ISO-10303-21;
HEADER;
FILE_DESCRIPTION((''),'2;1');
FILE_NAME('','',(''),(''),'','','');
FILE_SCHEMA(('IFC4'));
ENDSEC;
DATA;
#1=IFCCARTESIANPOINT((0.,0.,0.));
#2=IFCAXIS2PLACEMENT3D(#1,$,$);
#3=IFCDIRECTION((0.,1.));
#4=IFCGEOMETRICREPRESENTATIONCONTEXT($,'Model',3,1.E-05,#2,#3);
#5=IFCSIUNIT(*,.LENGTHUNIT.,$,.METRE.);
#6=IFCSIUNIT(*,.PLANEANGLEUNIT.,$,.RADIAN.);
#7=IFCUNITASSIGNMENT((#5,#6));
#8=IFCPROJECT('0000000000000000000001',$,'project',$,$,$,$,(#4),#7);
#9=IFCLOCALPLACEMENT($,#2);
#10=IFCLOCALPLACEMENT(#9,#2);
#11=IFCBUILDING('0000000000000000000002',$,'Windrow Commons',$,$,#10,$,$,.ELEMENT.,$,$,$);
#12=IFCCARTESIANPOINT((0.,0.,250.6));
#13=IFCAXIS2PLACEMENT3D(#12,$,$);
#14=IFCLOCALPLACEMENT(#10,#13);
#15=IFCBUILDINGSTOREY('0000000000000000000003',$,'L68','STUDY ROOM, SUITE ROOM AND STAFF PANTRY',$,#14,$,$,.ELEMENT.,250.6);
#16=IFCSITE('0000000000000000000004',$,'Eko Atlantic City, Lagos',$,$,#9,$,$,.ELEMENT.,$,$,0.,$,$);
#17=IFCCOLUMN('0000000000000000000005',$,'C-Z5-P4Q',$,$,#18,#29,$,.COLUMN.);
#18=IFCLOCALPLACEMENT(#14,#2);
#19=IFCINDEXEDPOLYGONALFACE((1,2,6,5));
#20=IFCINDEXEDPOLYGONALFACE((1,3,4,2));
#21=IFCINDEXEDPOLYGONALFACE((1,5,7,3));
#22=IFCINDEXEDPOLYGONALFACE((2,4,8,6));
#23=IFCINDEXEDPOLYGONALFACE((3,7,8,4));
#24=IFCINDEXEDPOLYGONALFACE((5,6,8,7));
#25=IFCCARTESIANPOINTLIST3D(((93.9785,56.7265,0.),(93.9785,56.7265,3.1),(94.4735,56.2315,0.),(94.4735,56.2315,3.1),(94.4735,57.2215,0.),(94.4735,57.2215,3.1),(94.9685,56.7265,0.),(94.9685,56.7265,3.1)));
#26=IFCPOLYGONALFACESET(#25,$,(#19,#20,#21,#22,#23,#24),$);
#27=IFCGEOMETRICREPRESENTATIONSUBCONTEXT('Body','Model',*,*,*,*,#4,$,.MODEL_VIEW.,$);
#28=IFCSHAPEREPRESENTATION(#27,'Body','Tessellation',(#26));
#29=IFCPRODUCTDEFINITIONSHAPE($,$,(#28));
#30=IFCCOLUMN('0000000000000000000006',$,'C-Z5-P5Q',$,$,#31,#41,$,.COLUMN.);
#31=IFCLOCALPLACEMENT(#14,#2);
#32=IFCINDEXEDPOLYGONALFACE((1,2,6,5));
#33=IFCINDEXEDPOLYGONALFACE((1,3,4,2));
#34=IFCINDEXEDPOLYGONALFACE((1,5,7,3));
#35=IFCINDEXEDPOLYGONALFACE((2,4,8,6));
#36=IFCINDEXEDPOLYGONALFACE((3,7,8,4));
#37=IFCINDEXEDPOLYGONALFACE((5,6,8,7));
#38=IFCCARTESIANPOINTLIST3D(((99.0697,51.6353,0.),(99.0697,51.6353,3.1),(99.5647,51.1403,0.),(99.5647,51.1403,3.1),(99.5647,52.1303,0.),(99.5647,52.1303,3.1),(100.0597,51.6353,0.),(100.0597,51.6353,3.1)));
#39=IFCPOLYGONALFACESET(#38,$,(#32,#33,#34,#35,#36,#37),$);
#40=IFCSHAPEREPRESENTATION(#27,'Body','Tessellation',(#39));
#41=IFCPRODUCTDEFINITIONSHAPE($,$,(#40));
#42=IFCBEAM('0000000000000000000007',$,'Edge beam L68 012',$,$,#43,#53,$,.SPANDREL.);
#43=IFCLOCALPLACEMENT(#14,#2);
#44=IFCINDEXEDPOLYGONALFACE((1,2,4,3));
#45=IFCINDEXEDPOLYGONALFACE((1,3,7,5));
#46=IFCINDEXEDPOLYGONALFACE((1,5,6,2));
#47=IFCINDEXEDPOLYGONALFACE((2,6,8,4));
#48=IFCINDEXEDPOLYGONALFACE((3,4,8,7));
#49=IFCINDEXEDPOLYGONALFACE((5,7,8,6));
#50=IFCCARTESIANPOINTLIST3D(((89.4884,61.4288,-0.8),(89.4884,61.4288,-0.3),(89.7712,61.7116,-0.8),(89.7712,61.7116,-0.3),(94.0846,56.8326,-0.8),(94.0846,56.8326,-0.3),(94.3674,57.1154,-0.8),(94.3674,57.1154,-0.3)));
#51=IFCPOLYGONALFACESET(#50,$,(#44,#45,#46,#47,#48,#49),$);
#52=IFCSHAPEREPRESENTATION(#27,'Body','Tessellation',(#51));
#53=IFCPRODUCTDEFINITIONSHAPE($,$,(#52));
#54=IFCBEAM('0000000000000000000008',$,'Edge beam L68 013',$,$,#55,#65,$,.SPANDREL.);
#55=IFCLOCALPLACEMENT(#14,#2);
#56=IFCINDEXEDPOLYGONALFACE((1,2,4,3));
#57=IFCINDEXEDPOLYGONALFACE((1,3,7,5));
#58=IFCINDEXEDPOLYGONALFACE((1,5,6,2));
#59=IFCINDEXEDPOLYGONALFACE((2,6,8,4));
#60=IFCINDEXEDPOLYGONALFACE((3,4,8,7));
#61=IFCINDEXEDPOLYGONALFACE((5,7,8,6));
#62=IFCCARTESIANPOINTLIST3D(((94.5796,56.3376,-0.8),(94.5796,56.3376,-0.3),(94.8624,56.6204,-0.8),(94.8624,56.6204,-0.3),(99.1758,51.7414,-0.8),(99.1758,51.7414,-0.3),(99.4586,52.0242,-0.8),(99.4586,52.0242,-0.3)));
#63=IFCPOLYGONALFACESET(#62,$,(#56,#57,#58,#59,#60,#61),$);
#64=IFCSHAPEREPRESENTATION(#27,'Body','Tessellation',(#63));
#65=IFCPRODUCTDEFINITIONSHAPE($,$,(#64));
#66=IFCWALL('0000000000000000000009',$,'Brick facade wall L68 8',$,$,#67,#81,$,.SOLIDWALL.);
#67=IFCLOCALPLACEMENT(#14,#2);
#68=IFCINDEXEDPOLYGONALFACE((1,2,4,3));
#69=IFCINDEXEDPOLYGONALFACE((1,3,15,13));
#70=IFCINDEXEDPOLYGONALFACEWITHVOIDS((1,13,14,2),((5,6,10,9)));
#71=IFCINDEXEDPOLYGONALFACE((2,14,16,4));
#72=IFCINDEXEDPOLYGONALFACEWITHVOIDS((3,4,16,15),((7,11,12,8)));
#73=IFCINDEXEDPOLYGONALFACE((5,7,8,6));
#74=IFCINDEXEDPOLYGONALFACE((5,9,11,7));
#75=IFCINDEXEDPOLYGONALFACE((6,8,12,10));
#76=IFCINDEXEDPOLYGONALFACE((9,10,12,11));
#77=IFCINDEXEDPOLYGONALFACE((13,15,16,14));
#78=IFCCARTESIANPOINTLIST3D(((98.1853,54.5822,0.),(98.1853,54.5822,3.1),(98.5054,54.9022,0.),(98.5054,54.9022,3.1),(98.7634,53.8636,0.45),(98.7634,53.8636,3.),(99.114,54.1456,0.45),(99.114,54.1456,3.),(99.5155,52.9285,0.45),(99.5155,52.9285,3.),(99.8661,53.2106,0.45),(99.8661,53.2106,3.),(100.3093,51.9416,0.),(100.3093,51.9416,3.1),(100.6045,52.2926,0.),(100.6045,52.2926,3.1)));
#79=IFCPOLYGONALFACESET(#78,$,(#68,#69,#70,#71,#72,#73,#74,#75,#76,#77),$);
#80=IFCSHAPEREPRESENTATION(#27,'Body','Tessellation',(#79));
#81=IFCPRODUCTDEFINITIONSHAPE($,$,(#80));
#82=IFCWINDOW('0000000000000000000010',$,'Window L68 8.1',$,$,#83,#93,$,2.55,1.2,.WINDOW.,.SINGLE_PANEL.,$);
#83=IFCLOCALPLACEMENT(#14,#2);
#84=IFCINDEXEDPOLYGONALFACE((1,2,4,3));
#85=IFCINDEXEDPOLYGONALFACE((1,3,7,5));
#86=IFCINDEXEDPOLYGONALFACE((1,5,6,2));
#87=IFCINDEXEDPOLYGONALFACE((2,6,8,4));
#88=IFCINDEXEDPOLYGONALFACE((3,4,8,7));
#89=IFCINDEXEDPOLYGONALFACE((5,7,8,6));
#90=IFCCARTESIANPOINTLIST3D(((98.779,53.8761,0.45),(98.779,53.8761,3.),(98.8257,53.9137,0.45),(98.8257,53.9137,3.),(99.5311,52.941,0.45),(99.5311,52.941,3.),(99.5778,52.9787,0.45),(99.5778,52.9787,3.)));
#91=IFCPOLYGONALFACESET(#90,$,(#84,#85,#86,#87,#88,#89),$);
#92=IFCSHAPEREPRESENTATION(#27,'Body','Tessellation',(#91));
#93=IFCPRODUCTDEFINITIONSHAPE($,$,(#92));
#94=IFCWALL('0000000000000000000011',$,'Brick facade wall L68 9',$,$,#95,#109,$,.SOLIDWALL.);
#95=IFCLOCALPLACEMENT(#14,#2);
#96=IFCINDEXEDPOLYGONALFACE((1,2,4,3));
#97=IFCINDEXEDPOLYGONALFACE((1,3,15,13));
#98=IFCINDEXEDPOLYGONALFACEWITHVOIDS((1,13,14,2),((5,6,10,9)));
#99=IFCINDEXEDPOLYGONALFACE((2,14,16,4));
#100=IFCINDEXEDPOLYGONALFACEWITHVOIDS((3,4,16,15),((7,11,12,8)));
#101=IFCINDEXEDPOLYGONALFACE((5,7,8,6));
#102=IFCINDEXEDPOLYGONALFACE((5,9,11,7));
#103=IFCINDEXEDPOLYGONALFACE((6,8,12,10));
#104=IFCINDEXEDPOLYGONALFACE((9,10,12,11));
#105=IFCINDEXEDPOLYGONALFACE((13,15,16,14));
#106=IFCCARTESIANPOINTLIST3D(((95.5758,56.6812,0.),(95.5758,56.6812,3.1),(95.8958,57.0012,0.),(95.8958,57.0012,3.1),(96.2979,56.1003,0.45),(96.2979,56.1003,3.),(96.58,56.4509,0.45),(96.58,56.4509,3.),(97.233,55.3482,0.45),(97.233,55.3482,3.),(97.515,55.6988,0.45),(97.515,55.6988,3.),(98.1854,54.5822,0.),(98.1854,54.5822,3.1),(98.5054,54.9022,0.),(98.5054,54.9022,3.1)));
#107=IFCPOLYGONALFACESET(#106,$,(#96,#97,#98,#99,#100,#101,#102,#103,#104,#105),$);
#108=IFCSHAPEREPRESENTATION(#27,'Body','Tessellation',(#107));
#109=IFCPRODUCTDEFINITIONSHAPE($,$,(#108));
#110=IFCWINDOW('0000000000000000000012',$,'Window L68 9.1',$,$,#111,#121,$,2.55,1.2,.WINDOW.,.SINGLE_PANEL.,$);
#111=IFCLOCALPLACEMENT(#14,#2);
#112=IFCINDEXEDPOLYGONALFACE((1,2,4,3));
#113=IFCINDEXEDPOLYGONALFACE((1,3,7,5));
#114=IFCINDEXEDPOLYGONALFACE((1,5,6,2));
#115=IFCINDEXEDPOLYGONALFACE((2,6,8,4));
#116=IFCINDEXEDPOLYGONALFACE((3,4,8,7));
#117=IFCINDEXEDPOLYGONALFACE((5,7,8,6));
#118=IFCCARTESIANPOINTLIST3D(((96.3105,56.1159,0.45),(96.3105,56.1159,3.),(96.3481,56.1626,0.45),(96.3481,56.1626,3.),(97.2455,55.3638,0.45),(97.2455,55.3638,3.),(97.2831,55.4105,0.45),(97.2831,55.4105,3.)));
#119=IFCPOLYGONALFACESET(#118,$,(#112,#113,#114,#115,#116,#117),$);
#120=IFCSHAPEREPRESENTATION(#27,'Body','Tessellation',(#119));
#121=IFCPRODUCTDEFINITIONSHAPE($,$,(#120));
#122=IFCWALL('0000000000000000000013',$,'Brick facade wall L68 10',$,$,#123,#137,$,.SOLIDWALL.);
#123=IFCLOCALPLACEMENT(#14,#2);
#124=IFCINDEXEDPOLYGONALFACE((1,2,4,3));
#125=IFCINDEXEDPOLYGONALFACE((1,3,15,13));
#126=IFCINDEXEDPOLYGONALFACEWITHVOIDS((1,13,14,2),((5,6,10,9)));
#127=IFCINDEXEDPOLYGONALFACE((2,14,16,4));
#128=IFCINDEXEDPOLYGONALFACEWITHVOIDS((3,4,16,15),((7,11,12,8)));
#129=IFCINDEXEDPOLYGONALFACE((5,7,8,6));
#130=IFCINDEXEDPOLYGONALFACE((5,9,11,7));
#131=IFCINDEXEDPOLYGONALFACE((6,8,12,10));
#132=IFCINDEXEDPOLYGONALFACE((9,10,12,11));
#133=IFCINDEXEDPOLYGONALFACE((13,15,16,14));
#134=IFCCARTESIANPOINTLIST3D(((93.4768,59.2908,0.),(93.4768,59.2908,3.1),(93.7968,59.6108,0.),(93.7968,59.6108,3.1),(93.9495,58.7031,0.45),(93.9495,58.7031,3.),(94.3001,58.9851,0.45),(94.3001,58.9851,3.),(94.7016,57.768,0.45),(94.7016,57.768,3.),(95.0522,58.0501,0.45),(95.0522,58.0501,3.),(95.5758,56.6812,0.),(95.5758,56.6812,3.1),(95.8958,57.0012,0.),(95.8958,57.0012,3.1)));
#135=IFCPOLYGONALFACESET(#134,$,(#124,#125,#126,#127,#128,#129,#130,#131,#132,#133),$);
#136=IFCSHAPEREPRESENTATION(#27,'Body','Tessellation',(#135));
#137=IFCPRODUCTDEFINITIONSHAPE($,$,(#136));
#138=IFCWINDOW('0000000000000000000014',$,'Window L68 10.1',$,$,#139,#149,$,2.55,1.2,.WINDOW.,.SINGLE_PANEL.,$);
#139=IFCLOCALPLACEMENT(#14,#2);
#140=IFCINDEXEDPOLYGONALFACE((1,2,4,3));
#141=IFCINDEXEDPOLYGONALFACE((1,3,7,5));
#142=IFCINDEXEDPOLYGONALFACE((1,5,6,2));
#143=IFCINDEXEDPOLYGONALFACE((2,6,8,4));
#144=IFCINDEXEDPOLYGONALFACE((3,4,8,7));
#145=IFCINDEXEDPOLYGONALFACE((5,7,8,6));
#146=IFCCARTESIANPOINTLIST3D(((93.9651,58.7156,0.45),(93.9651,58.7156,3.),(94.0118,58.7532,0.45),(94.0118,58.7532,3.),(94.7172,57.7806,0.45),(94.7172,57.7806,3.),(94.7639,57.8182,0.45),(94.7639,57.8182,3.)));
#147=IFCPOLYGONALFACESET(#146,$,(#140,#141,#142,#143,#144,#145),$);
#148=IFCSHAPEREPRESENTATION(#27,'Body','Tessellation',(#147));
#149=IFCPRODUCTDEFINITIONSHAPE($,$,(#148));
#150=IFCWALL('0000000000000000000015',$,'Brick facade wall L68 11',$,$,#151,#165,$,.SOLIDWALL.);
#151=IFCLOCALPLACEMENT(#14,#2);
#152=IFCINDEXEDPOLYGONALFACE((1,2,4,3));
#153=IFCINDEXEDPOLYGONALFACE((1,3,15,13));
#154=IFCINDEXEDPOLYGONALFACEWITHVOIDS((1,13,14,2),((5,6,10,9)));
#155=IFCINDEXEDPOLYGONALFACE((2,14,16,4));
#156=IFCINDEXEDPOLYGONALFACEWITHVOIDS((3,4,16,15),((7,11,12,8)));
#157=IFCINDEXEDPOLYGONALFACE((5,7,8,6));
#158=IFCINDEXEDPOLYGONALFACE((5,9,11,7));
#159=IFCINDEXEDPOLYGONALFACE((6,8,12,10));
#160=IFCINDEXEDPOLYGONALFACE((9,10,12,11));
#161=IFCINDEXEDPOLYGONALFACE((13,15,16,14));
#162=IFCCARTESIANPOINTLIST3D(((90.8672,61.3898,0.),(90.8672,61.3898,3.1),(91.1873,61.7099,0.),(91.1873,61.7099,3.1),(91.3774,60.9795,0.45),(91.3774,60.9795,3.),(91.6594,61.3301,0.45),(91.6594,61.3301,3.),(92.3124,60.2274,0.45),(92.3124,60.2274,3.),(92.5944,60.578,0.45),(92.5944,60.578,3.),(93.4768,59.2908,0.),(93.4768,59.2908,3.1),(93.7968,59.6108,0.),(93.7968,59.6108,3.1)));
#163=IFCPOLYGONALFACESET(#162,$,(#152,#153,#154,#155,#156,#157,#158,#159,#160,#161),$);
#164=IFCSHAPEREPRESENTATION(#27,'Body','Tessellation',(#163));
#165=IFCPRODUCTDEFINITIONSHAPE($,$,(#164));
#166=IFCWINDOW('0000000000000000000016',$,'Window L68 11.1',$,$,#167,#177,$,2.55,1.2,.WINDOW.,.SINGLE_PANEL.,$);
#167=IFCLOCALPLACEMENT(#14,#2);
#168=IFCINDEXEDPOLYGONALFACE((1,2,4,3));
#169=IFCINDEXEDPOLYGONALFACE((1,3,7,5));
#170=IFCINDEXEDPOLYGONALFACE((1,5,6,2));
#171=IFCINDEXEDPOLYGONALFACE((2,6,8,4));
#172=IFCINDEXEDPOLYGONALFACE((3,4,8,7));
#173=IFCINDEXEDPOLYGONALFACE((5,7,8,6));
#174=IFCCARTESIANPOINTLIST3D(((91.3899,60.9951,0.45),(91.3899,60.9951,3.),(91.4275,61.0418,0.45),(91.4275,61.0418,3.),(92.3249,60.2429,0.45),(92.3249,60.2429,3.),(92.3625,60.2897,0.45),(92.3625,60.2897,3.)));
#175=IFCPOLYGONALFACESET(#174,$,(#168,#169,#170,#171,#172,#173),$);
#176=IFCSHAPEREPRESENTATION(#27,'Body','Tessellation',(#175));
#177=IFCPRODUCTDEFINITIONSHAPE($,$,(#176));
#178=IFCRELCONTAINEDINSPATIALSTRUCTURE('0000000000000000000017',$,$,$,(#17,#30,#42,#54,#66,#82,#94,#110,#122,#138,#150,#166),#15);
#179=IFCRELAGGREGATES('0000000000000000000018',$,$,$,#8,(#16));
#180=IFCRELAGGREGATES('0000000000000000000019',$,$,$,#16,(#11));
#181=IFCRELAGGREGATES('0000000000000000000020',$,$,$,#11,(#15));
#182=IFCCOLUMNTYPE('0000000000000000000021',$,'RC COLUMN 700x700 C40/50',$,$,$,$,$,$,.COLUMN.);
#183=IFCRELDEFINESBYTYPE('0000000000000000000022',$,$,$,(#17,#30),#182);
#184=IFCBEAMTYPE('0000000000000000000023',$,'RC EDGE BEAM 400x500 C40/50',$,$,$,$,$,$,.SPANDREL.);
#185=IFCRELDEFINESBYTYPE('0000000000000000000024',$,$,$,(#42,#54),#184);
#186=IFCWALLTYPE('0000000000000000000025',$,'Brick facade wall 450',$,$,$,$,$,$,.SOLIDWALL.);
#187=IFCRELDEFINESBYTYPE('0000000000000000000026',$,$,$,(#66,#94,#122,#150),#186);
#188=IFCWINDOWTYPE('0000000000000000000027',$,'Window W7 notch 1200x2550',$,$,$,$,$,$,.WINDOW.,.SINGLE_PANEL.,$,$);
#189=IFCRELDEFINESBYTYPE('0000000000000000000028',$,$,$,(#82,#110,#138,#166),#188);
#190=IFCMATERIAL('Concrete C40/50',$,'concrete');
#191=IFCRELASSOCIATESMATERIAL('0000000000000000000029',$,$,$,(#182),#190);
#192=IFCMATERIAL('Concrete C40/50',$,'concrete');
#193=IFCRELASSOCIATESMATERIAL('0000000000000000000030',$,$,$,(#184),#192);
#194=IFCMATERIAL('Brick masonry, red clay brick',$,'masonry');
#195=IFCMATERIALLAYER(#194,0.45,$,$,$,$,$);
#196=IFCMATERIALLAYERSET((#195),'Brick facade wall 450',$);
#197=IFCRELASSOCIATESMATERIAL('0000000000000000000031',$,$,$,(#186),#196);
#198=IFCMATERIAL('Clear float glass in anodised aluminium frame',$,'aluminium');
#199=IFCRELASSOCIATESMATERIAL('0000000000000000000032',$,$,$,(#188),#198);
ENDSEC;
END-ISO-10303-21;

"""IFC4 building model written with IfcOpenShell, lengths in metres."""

from ifc_helpers import new_model, si_unit, direction, frame, frame_2d, origin, origin_2d, place, context, subcontext, project, spatial, polyline, rectangle, outline, extrude, material, layer, layer_set, material_profile, profile_set, type_object, element, fill, save


model = new_model("IFC4")

# Units and contexts
model_context = context("Model", 3, precision=1e-05, world=origin(), true_north=direction((0.0, 1.0)))
body_context = subcontext(model_context, "Body", "Model", "MODEL_VIEW")
ifc_project = project(units=[si_unit("LENGTHUNIT", "METRE"), si_unit("PLANEANGLEUNIT", "RADIAN")], contexts=[model_context])

# Site, building, storey
site_placement = place(None, origin())
site = spatial("IfcSite", under=ifc_project, at=site_placement, Name="Eko Atlantic City, Lagos", CompositionType="ELEMENT", RefElevation=0.0)
building_placement = place(site_placement, origin())
building = spatial("IfcBuilding", under=site, at=building_placement, Name="Windrow Commons", CompositionType="ELEMENT")
storey_placement = place(building_placement, frame((0.0, 0.0, 250.6)))
storey = spatial("IfcBuildingStorey", under=building, at=storey_placement, Name="L68", Description="STUDY ROOM, SUITE ROOM AND STAFF PANTRY", CompositionType="ELEMENT", Elevation=250.6)

# Columns
ifc_material_1 = material(Name="Concrete C40/50", Category="concrete")
ifc_material_profile_1 = material_profile(ifc_material_1, rectangle(XDim=0.7, YDim=0.7, at=origin_2d()))
ifc_profile_set_1 = profile_set([ifc_material_profile_1], Name="Concrete C40/50")
column_type = type_object("IfcColumnType", Name="RC COLUMN 700x700 C40/50", PredefinedType="COLUMN", material=ifc_profile_set_1)
for number, where, z_axis, x_axis, name in (
    (1, (94.4735, 56.7265, 0.0), (0.0, 0.0, 1.0), (0.707107, -0.707107, 0.0), "C-Z5-P4Q"),
    (2, (99.5647, 51.6353, 0.0), (0.0, 0.0, 1.0), (0.707107, -0.707107, 0.0), "C-Z5-P5Q"),
):
    element("IfcColumn", number, at=place(storey_placement, frame(where, z_axis=z_axis, x_axis=x_axis)), inside=storey, type_object=column_type, Name=name, PredefinedType="COLUMN", context=body_context, shape_type="SweptSolid", body=[
        extrude(rectangle(XDim=0.7, YDim=0.7, at=origin_2d()), origin(), (0.0, 0.0, 1.0), 3.1),
    ])

# Beams
ifc_material_2 = material(Name="Concrete C40/50", Category="concrete")
ifc_material_profile_2 = material_profile(ifc_material_2, rectangle(XDim=0.4, YDim=0.5, at=origin_2d()))
ifc_profile_set_2 = profile_set([ifc_material_profile_2], Name="Concrete C40/50")
beam_type = type_object("IfcBeamType", Name="RC EDGE BEAM 400x500 C40/50", PredefinedType="SPANDREL", material=ifc_profile_set_2)
for number, where, z_axis, x_axis, name in (
    (3, (89.6298, 61.5702, -0.55), (0.707107, -0.707107, 0.0), (0.707107, 0.707107, 0.0), "Edge beam L68 012"),
    (4, (94.721, 56.479, -0.55), (0.707107, -0.707107, 0.0), (0.707107, 0.707107, 0.0), "Edge beam L68 013"),
):
    element("IfcBeam", number, at=place(storey_placement, frame(where, z_axis=z_axis, x_axis=x_axis)), inside=storey, type_object=beam_type, Name=name, PredefinedType="SPANDREL", context=body_context, shape_type="SweptSolid", body=[
        extrude(rectangle(XDim=0.4, YDim=0.5, at=origin_2d()), origin(), (0.0, 0.0, 1.0), 6.5),
    ])

# Walls, openings, windows
ifc_material_3 = material(Name="Brick masonry, red clay brick", Category="masonry")
ifc_layer_1 = layer(ifc_material_3, 0.45)
ifc_layer_set_1 = layer_set([ifc_layer_1], Name="Brick facade wall 450")
wall_type_1 = type_object("IfcWallType", Name="Brick facade wall 450", PredefinedType="SOLIDWALL", material=ifc_layer_set_1)
wall_1_placement = place(storey_placement, frame((100.4569, 52.1171, 0.0), z_axis=(0.0, 0.0, 1.0), x_axis=(-0.62676, 0.779213, 0.0)))
wall_1 = element("IfcWall", 5, at=wall_1_placement, inside=storey, type_object=wall_type_1, Name="Brick facade wall L68 8", PredefinedType="SOLIDWALL", context=body_context, shape_type="SweptSolid", body=[
    extrude(outline(polyline([(0.0443, -0.225), (3.3933, -0.225), (3.3446, 0.225), (-0.0443, 0.225), (0.0443, -0.225)])), origin(), (0.0, 0.0, 1.0), 3.1),
])
opening_1_placement = place(wall_1_placement, frame((1.2223, 0.0, 0.45)))
opening_1 = element("IfcOpeningElement", 6, at=opening_1_placement, cuts=wall_1, PredefinedType="OPENING", context=body_context, shape_type="SweptSolid", body=[
    extrude(rectangle(XDim=1.2, YDim=2.55, at=frame_2d((0.6, 1.275))), frame((0.0, 0.235, 0.0), z_axis=(0.0, -1.0, 0.0), x_axis=(1.0, 0.0, 0.0)), (0.0, 0.0, 1.0), 0.47),
])
ifc_material_4 = material(Name="Clear float glass in anodised aluminium frame", Category="aluminium")
window_type = type_object("IfcWindowType", Name="Window W7 notch 1200x2550", PartitioningType="SINGLE_PANEL", PredefinedType="WINDOW", material=ifc_material_4)
window_1_placement = place(opening_1_placement, origin())
window_1 = element("IfcWindow", 7, at=window_1_placement, inside=storey, type_object=window_type, Name="Window L68 8.1", OverallHeight=2.55, OverallWidth=1.2, PartitioningType="SINGLE_PANEL", PredefinedType="WINDOW", context=body_context, shape_type="SweptSolid", body=[
    extrude(rectangle(XDim=1.2, YDim=2.55, at=frame_2d((0.6, 1.275))), frame((0.0, 0.205, 0.0), z_axis=(0.0, -1.0, 0.0), x_axis=(1.0, 0.0, 0.0)), (0.0, 0.0, 1.0), 0.06),
])
fill(opening_1, window_1)
wall_2_placement = place(storey_placement, frame((98.3454, 54.7422, 0.0), z_axis=(0.0, 0.0, 1.0), x_axis=(-0.779217, 0.626754, 0.0)))
wall_2 = element("IfcWall", 8, at=wall_2_placement, inside=storey, type_object=wall_type_1, Name="Brick facade wall L68 9", PredefinedType="SOLIDWALL", context=body_context, shape_type="SweptSolid", body=[
    extrude(outline(polyline([(-0.0244, -0.225), (3.3246, -0.225), (3.3734, 0.225), (0.0244, 0.225), (-0.0244, -0.225)])), origin(), (0.0, 0.0, 1.0), 3.1),
])
opening_2_placement = place(wall_2_placement, frame((1.2466, 0.0, 0.45)))
opening_2 = element("IfcOpeningElement", 9, at=opening_2_placement, cuts=wall_2, PredefinedType="OPENING", context=body_context, shape_type="SweptSolid", body=[
    extrude(rectangle(XDim=1.2, YDim=2.55, at=frame_2d((0.6, 1.275))), frame((0.0, 0.235, 0.0), z_axis=(0.0, -1.0, 0.0), x_axis=(1.0, 0.0, 0.0)), (0.0, 0.0, 1.0), 0.47),
])
window_2_placement = place(opening_2_placement, origin())
window_2 = element("IfcWindow", 10, at=window_2_placement, inside=storey, type_object=window_type, Name="Window L68 9.1", OverallHeight=2.55, OverallWidth=1.2, PartitioningType="SINGLE_PANEL", PredefinedType="WINDOW", context=body_context, shape_type="SweptSolid", body=[
    extrude(rectangle(XDim=1.2, YDim=2.55, at=frame_2d((0.6, 1.275))), frame((0.0, 0.205, 0.0), z_axis=(0.0, -1.0, 0.0), x_axis=(1.0, 0.0, 0.0)), (0.0, 0.0, 1.0), 0.06),
])
fill(opening_2, window_2)
wall_3_placement = place(storey_placement, frame((95.7358, 56.8412, 0.0), z_axis=(0.0, 0.0, 1.0), x_axis=(-0.626754, 0.779217, 0.0)))
wall_3 = element("IfcWall", 11, at=wall_3_placement, inside=storey, type_object=wall_type_1, Name="Brick facade wall L68 10", PredefinedType="SOLIDWALL", context=body_context, shape_type="SweptSolid", body=[
    extrude(outline(polyline([(0.0244, -0.225), (3.3734, -0.225), (3.3246, 0.225), (-0.0244, 0.225), (0.0244, -0.225)])), origin(), (0.0, 0.0, 1.0), 3.1),
])
opening_3_placement = place(wall_3_placement, frame((1.3704, 0.0, 0.45)))
opening_3 = element("IfcOpeningElement", 12, at=opening_3_placement, cuts=wall_3, PredefinedType="OPENING", context=body_context, shape_type="SweptSolid", body=[
    extrude(rectangle(XDim=1.2, YDim=2.55, at=frame_2d((0.6, 1.275))), frame((0.0, 0.235, 0.0), z_axis=(0.0, -1.0, 0.0), x_axis=(1.0, 0.0, 0.0)), (0.0, 0.0, 1.0), 0.47),
])
window_3_placement = place(opening_3_placement, origin())
window_3 = element("IfcWindow", 13, at=window_3_placement, inside=storey, type_object=window_type, Name="Window L68 10.1", OverallHeight=2.55, OverallWidth=1.2, PartitioningType="SINGLE_PANEL", PredefinedType="WINDOW", context=body_context, shape_type="SweptSolid", body=[
    extrude(rectangle(XDim=1.2, YDim=2.55, at=frame_2d((0.6, 1.275))), frame((0.0, 0.205, 0.0), z_axis=(0.0, -1.0, 0.0), x_axis=(1.0, 0.0, 0.0)), (0.0, 0.0, 1.0), 0.06),
])
fill(opening_3, window_3)
wall_4_placement = place(storey_placement, frame((93.6368, 59.4508, 0.0), z_axis=(0.0, 0.0, 1.0), x_axis=(-0.779203, 0.626772, 0.0)))
wall_4 = element("IfcWall", 14, at=wall_4_placement, inside=storey, type_object=wall_type_1, Name="Brick facade wall L68 11", PredefinedType="SOLIDWALL", context=body_context, shape_type="SweptSolid", body=[
    extrude(outline(polyline([(-0.0244, -0.225), (3.3246, -0.225), (3.3734, 0.225), (0.0244, 0.225), (-0.0244, -0.225)])), origin(), (0.0, 0.0, 1.0), 3.1),
])
opening_4_placement = place(wall_4_placement, frame((1.5187, 0.0, 0.45)))
opening_4 = element("IfcOpeningElement", 15, at=opening_4_placement, cuts=wall_4, PredefinedType="OPENING", context=body_context, shape_type="SweptSolid", body=[
    extrude(rectangle(XDim=1.2, YDim=2.55, at=frame_2d((0.6, 1.275))), frame((0.0, 0.235, 0.0), z_axis=(0.0, -1.0, 0.0), x_axis=(1.0, 0.0, 0.0)), (0.0, 0.0, 1.0), 0.47),
])
window_4_placement = place(opening_4_placement, origin())
window_4 = element("IfcWindow", 16, at=window_4_placement, inside=storey, type_object=window_type, Name="Window L68 11.1", OverallHeight=2.55, OverallWidth=1.2, PartitioningType="SINGLE_PANEL", PredefinedType="WINDOW", context=body_context, shape_type="SweptSolid", body=[
    extrude(rectangle(XDim=1.2, YDim=2.55, at=frame_2d((0.6, 1.275))), frame((0.0, 0.205, 0.0), z_axis=(0.0, -1.0, 0.0), x_axis=(1.0, 0.0, 0.0)), (0.0, 0.0, 1.0), 0.06),
])
fill(opening_4, window_4)

save(model, "model.ifc")
